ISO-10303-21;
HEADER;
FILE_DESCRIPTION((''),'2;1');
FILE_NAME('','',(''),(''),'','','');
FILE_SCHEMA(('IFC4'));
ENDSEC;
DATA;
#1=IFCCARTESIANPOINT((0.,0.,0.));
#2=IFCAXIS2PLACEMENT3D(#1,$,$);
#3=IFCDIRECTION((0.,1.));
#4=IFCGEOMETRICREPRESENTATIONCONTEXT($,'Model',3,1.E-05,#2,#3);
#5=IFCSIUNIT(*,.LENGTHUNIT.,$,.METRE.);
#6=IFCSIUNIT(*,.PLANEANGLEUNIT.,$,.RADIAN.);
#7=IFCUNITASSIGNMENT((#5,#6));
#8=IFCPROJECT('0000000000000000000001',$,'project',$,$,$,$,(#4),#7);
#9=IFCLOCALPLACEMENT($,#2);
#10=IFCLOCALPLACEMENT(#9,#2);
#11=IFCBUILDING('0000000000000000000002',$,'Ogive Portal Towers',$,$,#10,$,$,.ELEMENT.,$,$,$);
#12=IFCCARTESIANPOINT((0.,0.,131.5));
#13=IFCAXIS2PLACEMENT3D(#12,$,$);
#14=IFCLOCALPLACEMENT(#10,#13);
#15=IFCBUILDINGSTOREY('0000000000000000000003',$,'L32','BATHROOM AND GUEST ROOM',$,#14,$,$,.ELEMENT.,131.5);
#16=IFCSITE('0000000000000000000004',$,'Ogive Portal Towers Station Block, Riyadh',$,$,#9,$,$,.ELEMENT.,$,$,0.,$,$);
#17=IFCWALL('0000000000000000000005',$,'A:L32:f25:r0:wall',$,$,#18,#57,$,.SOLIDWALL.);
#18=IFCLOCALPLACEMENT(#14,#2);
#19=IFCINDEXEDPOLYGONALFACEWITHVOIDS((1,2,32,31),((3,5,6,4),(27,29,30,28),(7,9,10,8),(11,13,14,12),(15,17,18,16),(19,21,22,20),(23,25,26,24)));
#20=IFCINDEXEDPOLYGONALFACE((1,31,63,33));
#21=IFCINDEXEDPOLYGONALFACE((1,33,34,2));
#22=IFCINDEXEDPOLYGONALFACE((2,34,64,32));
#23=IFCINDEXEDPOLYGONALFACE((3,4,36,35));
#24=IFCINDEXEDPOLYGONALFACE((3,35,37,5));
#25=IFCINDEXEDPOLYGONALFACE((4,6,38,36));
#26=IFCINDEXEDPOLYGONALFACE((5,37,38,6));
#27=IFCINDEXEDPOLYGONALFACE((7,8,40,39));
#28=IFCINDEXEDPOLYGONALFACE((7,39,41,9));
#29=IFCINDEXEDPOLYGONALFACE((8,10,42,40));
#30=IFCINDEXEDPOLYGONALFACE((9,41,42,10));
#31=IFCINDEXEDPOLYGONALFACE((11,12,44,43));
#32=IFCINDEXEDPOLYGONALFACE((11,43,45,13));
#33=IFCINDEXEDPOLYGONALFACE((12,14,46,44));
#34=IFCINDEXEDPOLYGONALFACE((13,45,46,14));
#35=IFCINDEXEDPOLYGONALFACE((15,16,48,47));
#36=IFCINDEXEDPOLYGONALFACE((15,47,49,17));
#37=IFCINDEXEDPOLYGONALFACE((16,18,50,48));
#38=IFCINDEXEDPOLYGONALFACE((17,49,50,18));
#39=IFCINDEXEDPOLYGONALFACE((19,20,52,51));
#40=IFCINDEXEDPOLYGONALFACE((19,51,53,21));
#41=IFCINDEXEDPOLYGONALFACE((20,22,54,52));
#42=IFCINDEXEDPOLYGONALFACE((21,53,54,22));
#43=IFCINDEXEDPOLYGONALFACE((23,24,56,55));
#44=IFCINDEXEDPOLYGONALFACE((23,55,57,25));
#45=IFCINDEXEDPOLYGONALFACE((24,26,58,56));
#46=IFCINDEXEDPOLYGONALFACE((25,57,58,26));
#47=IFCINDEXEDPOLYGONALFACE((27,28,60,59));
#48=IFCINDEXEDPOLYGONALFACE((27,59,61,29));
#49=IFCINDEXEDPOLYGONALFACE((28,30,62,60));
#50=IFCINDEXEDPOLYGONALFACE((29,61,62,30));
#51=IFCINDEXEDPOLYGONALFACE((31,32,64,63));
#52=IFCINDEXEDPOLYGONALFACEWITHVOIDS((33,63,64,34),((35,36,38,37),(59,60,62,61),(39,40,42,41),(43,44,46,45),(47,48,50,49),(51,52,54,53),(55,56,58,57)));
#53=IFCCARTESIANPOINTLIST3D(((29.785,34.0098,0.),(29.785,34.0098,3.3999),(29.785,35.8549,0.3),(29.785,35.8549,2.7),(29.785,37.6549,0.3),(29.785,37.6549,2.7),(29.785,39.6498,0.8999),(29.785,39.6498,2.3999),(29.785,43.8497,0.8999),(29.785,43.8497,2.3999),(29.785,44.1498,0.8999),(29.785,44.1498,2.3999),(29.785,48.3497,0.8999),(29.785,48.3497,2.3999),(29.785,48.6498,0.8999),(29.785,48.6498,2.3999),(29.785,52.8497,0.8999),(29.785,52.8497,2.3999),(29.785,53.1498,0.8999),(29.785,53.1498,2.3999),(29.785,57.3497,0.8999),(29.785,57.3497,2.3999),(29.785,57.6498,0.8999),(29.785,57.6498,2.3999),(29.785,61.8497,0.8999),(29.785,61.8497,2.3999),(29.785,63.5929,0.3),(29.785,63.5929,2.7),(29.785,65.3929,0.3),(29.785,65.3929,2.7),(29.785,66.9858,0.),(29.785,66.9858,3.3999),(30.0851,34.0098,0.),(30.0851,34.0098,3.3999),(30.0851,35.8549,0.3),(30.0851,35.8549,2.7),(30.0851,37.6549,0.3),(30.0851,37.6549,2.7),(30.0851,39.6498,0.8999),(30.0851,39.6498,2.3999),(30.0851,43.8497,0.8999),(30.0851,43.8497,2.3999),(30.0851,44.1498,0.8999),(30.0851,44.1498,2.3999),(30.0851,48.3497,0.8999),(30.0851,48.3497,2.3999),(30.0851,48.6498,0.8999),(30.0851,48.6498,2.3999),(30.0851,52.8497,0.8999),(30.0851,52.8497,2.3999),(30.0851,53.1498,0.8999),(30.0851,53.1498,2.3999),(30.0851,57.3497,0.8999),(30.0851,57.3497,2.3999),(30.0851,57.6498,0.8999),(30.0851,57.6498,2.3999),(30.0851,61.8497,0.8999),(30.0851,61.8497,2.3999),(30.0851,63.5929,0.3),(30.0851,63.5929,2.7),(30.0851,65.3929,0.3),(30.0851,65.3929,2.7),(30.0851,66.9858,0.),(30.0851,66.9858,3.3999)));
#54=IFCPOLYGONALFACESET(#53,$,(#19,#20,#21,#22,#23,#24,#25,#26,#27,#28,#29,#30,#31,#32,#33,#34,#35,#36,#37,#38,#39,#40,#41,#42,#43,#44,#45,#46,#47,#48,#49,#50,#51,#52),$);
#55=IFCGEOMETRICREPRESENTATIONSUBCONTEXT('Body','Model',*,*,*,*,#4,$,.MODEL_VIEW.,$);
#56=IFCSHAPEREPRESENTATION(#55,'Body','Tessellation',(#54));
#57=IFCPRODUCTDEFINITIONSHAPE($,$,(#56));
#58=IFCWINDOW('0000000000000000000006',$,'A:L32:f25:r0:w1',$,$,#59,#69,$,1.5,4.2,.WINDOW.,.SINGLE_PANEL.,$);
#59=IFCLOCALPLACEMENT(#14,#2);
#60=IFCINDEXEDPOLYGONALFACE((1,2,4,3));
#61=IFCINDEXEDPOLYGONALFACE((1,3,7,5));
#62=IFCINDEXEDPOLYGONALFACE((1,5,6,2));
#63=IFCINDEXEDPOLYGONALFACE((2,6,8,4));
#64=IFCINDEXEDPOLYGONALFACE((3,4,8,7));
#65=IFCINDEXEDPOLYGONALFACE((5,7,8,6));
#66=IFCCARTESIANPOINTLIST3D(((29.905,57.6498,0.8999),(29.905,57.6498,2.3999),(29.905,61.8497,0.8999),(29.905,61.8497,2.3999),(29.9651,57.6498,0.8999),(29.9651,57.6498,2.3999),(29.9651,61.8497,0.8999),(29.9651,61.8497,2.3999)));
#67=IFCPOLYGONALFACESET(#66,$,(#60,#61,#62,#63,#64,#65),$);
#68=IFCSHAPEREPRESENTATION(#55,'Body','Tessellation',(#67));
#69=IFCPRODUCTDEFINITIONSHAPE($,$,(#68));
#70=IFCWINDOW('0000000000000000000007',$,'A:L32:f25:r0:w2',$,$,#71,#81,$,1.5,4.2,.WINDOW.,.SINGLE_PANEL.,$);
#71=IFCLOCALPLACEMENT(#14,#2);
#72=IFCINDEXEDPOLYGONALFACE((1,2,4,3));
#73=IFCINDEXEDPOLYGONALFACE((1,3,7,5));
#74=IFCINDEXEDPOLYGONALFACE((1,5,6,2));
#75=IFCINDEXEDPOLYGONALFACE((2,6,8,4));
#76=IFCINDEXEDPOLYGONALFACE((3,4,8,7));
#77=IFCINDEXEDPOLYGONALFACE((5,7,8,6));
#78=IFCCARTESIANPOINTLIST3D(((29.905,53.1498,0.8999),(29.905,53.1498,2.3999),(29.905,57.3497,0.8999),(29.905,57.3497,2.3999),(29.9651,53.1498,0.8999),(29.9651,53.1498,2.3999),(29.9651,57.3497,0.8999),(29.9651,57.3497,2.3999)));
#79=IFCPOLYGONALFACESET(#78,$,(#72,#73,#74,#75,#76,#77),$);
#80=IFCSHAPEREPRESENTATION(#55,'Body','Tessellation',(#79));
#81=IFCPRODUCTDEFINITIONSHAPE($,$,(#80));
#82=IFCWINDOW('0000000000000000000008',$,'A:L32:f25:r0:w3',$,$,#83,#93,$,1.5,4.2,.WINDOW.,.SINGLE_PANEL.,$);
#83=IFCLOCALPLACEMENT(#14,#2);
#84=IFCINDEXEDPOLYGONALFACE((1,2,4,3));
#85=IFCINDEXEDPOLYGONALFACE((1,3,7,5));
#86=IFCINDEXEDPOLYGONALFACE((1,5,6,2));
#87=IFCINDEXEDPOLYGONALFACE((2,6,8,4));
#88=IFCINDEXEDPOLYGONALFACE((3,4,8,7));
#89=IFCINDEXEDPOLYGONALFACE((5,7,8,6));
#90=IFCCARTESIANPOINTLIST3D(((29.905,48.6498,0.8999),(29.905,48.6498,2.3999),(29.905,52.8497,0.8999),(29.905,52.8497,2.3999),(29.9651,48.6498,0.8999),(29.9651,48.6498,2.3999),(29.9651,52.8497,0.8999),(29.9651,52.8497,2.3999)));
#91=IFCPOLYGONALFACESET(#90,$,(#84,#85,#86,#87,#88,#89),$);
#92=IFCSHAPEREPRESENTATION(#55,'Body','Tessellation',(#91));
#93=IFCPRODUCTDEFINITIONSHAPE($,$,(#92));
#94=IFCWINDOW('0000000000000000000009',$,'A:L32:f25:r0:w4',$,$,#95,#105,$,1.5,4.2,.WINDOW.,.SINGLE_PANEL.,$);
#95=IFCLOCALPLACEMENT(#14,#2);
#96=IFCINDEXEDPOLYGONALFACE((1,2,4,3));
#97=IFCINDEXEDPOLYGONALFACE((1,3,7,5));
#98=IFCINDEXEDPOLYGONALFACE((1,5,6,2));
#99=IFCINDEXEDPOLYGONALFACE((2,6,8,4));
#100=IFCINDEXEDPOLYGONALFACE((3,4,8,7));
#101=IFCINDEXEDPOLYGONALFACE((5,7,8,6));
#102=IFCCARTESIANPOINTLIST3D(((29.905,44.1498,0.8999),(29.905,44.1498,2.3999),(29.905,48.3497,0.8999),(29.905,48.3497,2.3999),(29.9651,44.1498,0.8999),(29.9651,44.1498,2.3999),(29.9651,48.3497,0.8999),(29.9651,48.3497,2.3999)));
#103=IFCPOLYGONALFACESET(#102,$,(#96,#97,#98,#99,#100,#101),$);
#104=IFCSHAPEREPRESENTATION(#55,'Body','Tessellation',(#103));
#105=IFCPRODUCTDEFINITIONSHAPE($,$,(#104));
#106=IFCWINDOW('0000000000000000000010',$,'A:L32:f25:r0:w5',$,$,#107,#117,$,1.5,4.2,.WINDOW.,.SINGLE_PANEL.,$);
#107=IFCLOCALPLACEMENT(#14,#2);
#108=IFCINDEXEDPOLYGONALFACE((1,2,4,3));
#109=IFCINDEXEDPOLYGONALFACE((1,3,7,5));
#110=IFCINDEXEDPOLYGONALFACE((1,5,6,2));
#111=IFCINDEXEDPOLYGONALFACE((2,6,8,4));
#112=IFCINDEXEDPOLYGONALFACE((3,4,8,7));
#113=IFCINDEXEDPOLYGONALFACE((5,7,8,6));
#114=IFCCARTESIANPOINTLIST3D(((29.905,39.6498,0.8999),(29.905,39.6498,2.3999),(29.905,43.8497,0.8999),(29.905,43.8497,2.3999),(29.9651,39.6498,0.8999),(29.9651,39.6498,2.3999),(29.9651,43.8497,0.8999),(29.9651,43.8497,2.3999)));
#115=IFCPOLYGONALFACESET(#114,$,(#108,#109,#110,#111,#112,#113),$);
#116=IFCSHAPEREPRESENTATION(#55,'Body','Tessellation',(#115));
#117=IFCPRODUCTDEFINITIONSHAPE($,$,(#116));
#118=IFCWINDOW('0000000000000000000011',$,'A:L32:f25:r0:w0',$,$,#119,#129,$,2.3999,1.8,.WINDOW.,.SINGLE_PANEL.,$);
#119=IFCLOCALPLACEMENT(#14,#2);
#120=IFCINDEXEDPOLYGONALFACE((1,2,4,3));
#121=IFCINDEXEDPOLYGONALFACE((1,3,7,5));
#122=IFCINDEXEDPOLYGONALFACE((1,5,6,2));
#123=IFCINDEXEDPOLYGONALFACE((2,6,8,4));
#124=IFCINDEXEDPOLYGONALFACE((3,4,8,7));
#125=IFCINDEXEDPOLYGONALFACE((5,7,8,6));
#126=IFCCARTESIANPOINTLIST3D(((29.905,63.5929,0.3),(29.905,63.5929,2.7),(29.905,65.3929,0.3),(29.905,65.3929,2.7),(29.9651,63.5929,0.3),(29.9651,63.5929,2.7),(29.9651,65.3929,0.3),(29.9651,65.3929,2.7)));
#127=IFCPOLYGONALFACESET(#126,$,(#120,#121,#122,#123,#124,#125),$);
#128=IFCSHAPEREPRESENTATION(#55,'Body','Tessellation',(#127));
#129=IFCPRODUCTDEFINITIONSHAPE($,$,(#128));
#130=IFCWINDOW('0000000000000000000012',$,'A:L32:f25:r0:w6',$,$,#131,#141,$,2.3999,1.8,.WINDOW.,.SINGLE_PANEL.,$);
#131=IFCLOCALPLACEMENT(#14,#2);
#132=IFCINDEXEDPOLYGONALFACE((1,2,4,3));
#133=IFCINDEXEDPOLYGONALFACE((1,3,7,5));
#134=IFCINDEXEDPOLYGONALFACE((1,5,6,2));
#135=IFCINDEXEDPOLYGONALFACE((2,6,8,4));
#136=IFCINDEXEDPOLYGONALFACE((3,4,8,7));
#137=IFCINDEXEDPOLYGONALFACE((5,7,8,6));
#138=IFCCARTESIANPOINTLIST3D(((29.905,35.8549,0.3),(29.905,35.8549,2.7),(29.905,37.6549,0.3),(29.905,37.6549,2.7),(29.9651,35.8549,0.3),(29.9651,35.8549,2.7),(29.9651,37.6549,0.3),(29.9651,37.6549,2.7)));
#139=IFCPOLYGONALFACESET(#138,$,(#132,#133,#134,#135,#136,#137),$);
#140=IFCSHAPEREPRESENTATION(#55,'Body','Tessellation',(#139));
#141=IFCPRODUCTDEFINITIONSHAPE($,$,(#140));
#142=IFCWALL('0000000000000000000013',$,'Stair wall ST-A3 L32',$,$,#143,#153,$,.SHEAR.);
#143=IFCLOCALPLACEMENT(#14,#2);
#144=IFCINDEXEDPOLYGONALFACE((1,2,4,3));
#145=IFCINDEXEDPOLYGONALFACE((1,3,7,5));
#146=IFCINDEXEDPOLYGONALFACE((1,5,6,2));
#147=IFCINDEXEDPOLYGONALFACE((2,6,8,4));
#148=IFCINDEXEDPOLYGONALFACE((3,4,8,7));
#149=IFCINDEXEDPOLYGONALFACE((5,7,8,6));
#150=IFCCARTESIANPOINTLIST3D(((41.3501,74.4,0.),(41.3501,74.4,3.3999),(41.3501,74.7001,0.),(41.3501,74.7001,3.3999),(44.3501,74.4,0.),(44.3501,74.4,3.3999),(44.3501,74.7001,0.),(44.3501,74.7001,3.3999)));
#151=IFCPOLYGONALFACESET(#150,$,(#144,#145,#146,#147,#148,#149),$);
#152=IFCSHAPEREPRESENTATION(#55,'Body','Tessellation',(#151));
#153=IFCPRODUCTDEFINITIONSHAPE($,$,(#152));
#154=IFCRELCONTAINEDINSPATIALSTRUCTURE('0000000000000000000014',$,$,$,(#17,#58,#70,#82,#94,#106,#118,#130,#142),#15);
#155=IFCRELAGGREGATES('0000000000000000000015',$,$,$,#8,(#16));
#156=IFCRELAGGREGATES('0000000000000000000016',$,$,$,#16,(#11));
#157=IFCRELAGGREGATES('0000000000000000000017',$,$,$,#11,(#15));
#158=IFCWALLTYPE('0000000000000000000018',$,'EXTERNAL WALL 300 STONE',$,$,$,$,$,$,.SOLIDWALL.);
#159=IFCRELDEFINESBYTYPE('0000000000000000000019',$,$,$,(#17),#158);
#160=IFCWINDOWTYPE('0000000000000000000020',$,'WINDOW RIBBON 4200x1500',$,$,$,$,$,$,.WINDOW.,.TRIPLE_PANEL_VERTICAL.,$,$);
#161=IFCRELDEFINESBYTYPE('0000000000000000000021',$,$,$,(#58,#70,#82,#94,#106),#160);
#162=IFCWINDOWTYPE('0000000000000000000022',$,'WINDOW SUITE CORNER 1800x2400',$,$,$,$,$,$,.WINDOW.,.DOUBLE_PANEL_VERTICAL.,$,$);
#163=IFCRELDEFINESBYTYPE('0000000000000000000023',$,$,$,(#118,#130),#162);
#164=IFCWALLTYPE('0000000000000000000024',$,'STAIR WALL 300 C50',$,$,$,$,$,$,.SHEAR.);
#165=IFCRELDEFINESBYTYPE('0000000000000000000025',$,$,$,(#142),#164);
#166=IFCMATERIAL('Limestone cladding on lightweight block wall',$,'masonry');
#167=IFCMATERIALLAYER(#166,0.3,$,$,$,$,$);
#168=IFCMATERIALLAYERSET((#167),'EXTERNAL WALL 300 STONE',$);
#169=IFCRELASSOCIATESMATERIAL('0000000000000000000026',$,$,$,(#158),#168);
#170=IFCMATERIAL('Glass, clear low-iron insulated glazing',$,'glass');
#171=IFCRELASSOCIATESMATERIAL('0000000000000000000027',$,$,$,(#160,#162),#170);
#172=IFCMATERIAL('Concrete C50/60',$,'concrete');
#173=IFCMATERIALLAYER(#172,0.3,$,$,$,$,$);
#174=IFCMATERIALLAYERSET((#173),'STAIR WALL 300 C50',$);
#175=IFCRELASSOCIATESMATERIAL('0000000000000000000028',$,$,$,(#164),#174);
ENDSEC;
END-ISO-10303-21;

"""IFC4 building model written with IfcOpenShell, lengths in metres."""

from ifc_helpers import new_model, si_unit, direction, frame, frame_2d, origin, place, context, subcontext, project, spatial, rectangle, extrude, material, layer, layer_set, type_object, element, fill, save


model = new_model("IFC4")

# Units and contexts
model_context = context("Model", 3, precision=1e-05, world=origin(), true_north=direction((0.0, 1.0)))
body_context = subcontext(model_context, "Body", "Model", "MODEL_VIEW")
ifc_project = project(units=[si_unit("LENGTHUNIT", "METRE"), si_unit("PLANEANGLEUNIT", "RADIAN")], contexts=[model_context])

# Site, building, storey
site_placement = place(None, origin())
site = spatial("IfcSite", under=ifc_project, at=site_placement, Name="Ogive Portal Towers Station Block, Riyadh", CompositionType="ELEMENT", RefElevation=0.0)
building_placement = place(site_placement, origin())
building = spatial("IfcBuilding", under=site, at=building_placement, Name="Ogive Portal Towers", CompositionType="ELEMENT")
storey_placement = place(building_placement, frame((0.0, 0.0, 131.5)))
storey = spatial("IfcBuildingStorey", under=building, at=storey_placement, Name="L32", Description="BATHROOM AND GUEST ROOM", CompositionType="ELEMENT", Elevation=131.5)

# Shared definitions
ifc_material_1 = material(Name="Glass, clear low-iron insulated glazing", Category="glass")

# Wall, openings, windows
ifc_material_2 = material(Name="Limestone cladding on lightweight block wall", Category="masonry")
ifc_layer_1 = layer(ifc_material_2, 0.3)
ifc_layer_set_1 = layer_set([ifc_layer_1], Name="EXTERNAL WALL 300 STONE")
wall_type_1 = type_object("IfcWallType", Name="EXTERNAL WALL 300 STONE", PredefinedType="SOLIDWALL", material=ifc_layer_set_1)
wall_1_placement = place(storey_placement, frame((29.9351, 66.9858, 0.0), z_axis=(0.0, 0.0, 1.0), x_axis=(0.0, -1.0, 0.0)))
wall_1 = element("IfcWall", 1, at=wall_1_placement, inside=storey, type_object=wall_type_1, Name="A:L32:f25:r0:wall", PredefinedType="SOLIDWALL", context=body_context, shape_type="SweptSolid", body=[
    extrude(rectangle(XDim=32.9761, YDim=0.3, at=frame_2d((16.488, 0.0))), origin(), (0.0, 0.0, 1.0), 3.3999),
])
opening_1_placement = place(wall_1_placement, frame((1.593, 0.0, 0.3)))
opening_1 = element("IfcOpeningElement", 2, at=opening_1_placement, cuts=wall_1, PredefinedType="OPENING", context=body_context, shape_type="SweptSolid", body=[
    extrude(rectangle(XDim=1.8, YDim=2.3999, at=frame_2d((0.8999, 1.2))), frame((0.0, 0.1602, 0.0), z_axis=(0.0, -1.0, 0.0), x_axis=(1.0, 0.0, 0.0)), (0.0, 0.0, 1.0), 0.3201),
])
opening_2_placement = place(wall_1_placement, frame((5.136, 0.0, 0.8999)))
opening_2 = element("IfcOpeningElement", 3, at=opening_2_placement, cuts=wall_1, PredefinedType="OPENING", context=body_context, shape_type="SweptSolid", body=[
    extrude(rectangle(XDim=4.2, YDim=1.5, at=frame_2d((2.1001, 0.75))), frame((0.0, 0.1602, 0.0), z_axis=(0.0, -1.0, 0.0), x_axis=(1.0, 0.0, 0.0)), (0.0, 0.0, 1.0), 0.3201),
])
opening_3_placement = place(wall_1_placement, frame((9.636, 0.0, 0.8999)))
opening_3 = element("IfcOpeningElement", 4, at=opening_3_placement, cuts=wall_1, PredefinedType="OPENING", context=body_context, shape_type="SweptSolid", body=[
    extrude(rectangle(XDim=4.2, YDim=1.5, at=frame_2d((2.1001, 0.75))), frame((0.0, 0.1602, 0.0), z_axis=(0.0, -1.0, 0.0), x_axis=(1.0, 0.0, 0.0)), (0.0, 0.0, 1.0), 0.3201),
])
opening_4_placement = place(wall_1_placement, frame((14.136, 0.0, 0.8999)))
opening_4 = element("IfcOpeningElement", 5, at=opening_4_placement, cuts=wall_1, PredefinedType="OPENING", context=body_context, shape_type="SweptSolid", body=[
    extrude(rectangle(XDim=4.2, YDim=1.5, at=frame_2d((2.1001, 0.75))), frame((0.0, 0.1602, 0.0), z_axis=(0.0, -1.0, 0.0), x_axis=(1.0, 0.0, 0.0)), (0.0, 0.0, 1.0), 0.3201),
])
opening_5_placement = place(wall_1_placement, frame((18.636, 0.0, 0.8999)))
opening_5 = element("IfcOpeningElement", 6, at=opening_5_placement, cuts=wall_1, PredefinedType="OPENING", context=body_context, shape_type="SweptSolid", body=[
    extrude(rectangle(XDim=4.2, YDim=1.5, at=frame_2d((2.1001, 0.75))), frame((0.0, 0.1602, 0.0), z_axis=(0.0, -1.0, 0.0), x_axis=(1.0, 0.0, 0.0)), (0.0, 0.0, 1.0), 0.3201),
])
opening_6_placement = place(wall_1_placement, frame((23.136, 0.0, 0.8999)))
opening_6 = element("IfcOpeningElement", 7, at=opening_6_placement, cuts=wall_1, PredefinedType="OPENING", context=body_context, shape_type="SweptSolid", body=[
    extrude(rectangle(XDim=4.2, YDim=1.5, at=frame_2d((2.1001, 0.75))), frame((0.0, 0.1602, 0.0), z_axis=(0.0, -1.0, 0.0), x_axis=(1.0, 0.0, 0.0)), (0.0, 0.0, 1.0), 0.3201),
])
opening_7_placement = place(wall_1_placement, frame((29.3311, 0.0, 0.3)))
opening_7 = element("IfcOpeningElement", 8, at=opening_7_placement, cuts=wall_1, PredefinedType="OPENING", context=body_context, shape_type="SweptSolid", body=[
    extrude(rectangle(XDim=1.8, YDim=2.3999, at=frame_2d((0.8999, 1.2))), frame((0.0, 0.1602, 0.0), z_axis=(0.0, -1.0, 0.0), x_axis=(1.0, 0.0, 0.0)), (0.0, 0.0, 1.0), 0.3201),
])
window_type_1 = type_object("IfcWindowType", Name="WINDOW RIBBON 4200x1500", PartitioningType="TRIPLE_PANEL_VERTICAL", PredefinedType="WINDOW", material=ifc_material_1)
window_1_placement = place(opening_2_placement, origin())
window_1 = element("IfcWindow", 9, at=window_1_placement, inside=storey, type_object=window_type_1, Name="A:L32:f25:r0:w1", OverallHeight=1.5, OverallWidth=4.2, PartitioningType="SINGLE_PANEL", PredefinedType="WINDOW", context=body_context, shape_type="SweptSolid", body=[
    extrude(rectangle(XDim=4.2, YDim=1.5, at=frame_2d((2.1001, 0.75))), frame((0.0, 0.03, 0.0), z_axis=(0.0, -1.0, 0.0), x_axis=(1.0, 0.0, 0.0)), (0.0, 0.0, 1.0), 0.0601),
])
fill(opening_2, window_1)
window_2_placement = place(opening_3_placement, origin())
window_2 = element("IfcWindow", 10, at=window_2_placement, inside=storey, type_object=window_type_1, Name="A:L32:f25:r0:w2", OverallHeight=1.5, OverallWidth=4.2, PartitioningType="SINGLE_PANEL", PredefinedType="WINDOW", context=body_context, shape_type="SweptSolid", body=[
    extrude(rectangle(XDim=4.2, YDim=1.5, at=frame_2d((2.1001, 0.75))), frame((0.0, 0.03, 0.0), z_axis=(0.0, -1.0, 0.0), x_axis=(1.0, 0.0, 0.0)), (0.0, 0.0, 1.0), 0.0601),
])
fill(opening_3, window_2)
window_3_placement = place(opening_4_placement, origin())
window_3 = element("IfcWindow", 11, at=window_3_placement, inside=storey, type_object=window_type_1, Name="A:L32:f25:r0:w3", OverallHeight=1.5, OverallWidth=4.2, PartitioningType="SINGLE_PANEL", PredefinedType="WINDOW", context=body_context, shape_type="SweptSolid", body=[
    extrude(rectangle(XDim=4.2, YDim=1.5, at=frame_2d((2.1001, 0.75))), frame((0.0, 0.03, 0.0), z_axis=(0.0, -1.0, 0.0), x_axis=(1.0, 0.0, 0.0)), (0.0, 0.0, 1.0), 0.0601),
])
fill(opening_4, window_3)
window_4_placement = place(opening_5_placement, origin())
window_4 = element("IfcWindow", 12, at=window_4_placement, inside=storey, type_object=window_type_1, Name="A:L32:f25:r0:w4", OverallHeight=1.5, OverallWidth=4.2, PartitioningType="SINGLE_PANEL", PredefinedType="WINDOW", context=body_context, shape_type="SweptSolid", body=[
    extrude(rectangle(XDim=4.2, YDim=1.5, at=frame_2d((2.1001, 0.75))), frame((0.0, 0.03, 0.0), z_axis=(0.0, -1.0, 0.0), x_axis=(1.0, 0.0, 0.0)), (0.0, 0.0, 1.0), 0.0601),
])
fill(opening_5, window_4)
window_5_placement = place(opening_6_placement, origin())
window_5 = element("IfcWindow", 13, at=window_5_placement, inside=storey, type_object=window_type_1, Name="A:L32:f25:r0:w5", OverallHeight=1.5, OverallWidth=4.2, PartitioningType="SINGLE_PANEL", PredefinedType="WINDOW", context=body_context, shape_type="SweptSolid", body=[
    extrude(rectangle(XDim=4.2, YDim=1.5, at=frame_2d((2.1001, 0.75))), frame((0.0, 0.03, 0.0), z_axis=(0.0, -1.0, 0.0), x_axis=(1.0, 0.0, 0.0)), (0.0, 0.0, 1.0), 0.0601),
])
fill(opening_6, window_5)
window_type_2 = type_object("IfcWindowType", Name="WINDOW SUITE CORNER 1800x2400", PartitioningType="DOUBLE_PANEL_VERTICAL", PredefinedType="WINDOW", material=ifc_material_1)
window_6_placement = place(opening_1_placement, origin())
window_6 = element("IfcWindow", 14, at=window_6_placement, inside=storey, type_object=window_type_2, Name="A:L32:f25:r0:w0", OverallHeight=2.3999, OverallWidth=1.8, PartitioningType="SINGLE_PANEL", PredefinedType="WINDOW", context=body_context, shape_type="SweptSolid", body=[
    extrude(rectangle(XDim=1.8, YDim=2.3999, at=frame_2d((0.8999, 1.2))), frame((0.0, 0.03, 0.0), z_axis=(0.0, -1.0, 0.0), x_axis=(1.0, 0.0, 0.0)), (0.0, 0.0, 1.0), 0.0601),
])
fill(opening_1, window_6)
window_7_placement = place(opening_7_placement, origin())
window_7 = element("IfcWindow", 15, at=window_7_placement, inside=storey, type_object=window_type_2, Name="A:L32:f25:r0:w6", OverallHeight=2.3999, OverallWidth=1.8, PartitioningType="SINGLE_PANEL", PredefinedType="WINDOW", context=body_context, shape_type="SweptSolid", body=[
    extrude(rectangle(XDim=1.8, YDim=2.3999, at=frame_2d((0.8999, 1.2))), frame((0.0, 0.03, 0.0), z_axis=(0.0, -1.0, 0.0), x_axis=(1.0, 0.0, 0.0)), (0.0, 0.0, 1.0), 0.0601),
])
fill(opening_7, window_7)

# Wall
ifc_material_3 = material(Name="Concrete C50/60", Category="concrete")
ifc_layer_2 = layer(ifc_material_3, 0.3)
ifc_layer_set_2 = layer_set([ifc_layer_2], Name="STAIR WALL 300 C50")
wall_type_2 = type_object("IfcWallType", Name="STAIR WALL 300 C50", PredefinedType="SHEAR", material=ifc_layer_set_2)
wall_2_placement = place(storey_placement, frame((41.3501, 74.55, 0.0), z_axis=(0.0, 0.0, 1.0), x_axis=(1.0, 0.0, 0.0)))
element("IfcWall", 16, at=wall_2_placement, inside=storey, type_object=wall_type_2, Name="Stair wall ST-A3 L32", PredefinedType="SHEAR", context=body_context, shape_type="SweptSolid", body=[
    extrude(rectangle(XDim=3.0, YDim=0.3, at=frame_2d((1.5, 0.0))), origin(), (0.0, 0.0, 1.0), 3.3999),
])

save(model, "model.ifc")
